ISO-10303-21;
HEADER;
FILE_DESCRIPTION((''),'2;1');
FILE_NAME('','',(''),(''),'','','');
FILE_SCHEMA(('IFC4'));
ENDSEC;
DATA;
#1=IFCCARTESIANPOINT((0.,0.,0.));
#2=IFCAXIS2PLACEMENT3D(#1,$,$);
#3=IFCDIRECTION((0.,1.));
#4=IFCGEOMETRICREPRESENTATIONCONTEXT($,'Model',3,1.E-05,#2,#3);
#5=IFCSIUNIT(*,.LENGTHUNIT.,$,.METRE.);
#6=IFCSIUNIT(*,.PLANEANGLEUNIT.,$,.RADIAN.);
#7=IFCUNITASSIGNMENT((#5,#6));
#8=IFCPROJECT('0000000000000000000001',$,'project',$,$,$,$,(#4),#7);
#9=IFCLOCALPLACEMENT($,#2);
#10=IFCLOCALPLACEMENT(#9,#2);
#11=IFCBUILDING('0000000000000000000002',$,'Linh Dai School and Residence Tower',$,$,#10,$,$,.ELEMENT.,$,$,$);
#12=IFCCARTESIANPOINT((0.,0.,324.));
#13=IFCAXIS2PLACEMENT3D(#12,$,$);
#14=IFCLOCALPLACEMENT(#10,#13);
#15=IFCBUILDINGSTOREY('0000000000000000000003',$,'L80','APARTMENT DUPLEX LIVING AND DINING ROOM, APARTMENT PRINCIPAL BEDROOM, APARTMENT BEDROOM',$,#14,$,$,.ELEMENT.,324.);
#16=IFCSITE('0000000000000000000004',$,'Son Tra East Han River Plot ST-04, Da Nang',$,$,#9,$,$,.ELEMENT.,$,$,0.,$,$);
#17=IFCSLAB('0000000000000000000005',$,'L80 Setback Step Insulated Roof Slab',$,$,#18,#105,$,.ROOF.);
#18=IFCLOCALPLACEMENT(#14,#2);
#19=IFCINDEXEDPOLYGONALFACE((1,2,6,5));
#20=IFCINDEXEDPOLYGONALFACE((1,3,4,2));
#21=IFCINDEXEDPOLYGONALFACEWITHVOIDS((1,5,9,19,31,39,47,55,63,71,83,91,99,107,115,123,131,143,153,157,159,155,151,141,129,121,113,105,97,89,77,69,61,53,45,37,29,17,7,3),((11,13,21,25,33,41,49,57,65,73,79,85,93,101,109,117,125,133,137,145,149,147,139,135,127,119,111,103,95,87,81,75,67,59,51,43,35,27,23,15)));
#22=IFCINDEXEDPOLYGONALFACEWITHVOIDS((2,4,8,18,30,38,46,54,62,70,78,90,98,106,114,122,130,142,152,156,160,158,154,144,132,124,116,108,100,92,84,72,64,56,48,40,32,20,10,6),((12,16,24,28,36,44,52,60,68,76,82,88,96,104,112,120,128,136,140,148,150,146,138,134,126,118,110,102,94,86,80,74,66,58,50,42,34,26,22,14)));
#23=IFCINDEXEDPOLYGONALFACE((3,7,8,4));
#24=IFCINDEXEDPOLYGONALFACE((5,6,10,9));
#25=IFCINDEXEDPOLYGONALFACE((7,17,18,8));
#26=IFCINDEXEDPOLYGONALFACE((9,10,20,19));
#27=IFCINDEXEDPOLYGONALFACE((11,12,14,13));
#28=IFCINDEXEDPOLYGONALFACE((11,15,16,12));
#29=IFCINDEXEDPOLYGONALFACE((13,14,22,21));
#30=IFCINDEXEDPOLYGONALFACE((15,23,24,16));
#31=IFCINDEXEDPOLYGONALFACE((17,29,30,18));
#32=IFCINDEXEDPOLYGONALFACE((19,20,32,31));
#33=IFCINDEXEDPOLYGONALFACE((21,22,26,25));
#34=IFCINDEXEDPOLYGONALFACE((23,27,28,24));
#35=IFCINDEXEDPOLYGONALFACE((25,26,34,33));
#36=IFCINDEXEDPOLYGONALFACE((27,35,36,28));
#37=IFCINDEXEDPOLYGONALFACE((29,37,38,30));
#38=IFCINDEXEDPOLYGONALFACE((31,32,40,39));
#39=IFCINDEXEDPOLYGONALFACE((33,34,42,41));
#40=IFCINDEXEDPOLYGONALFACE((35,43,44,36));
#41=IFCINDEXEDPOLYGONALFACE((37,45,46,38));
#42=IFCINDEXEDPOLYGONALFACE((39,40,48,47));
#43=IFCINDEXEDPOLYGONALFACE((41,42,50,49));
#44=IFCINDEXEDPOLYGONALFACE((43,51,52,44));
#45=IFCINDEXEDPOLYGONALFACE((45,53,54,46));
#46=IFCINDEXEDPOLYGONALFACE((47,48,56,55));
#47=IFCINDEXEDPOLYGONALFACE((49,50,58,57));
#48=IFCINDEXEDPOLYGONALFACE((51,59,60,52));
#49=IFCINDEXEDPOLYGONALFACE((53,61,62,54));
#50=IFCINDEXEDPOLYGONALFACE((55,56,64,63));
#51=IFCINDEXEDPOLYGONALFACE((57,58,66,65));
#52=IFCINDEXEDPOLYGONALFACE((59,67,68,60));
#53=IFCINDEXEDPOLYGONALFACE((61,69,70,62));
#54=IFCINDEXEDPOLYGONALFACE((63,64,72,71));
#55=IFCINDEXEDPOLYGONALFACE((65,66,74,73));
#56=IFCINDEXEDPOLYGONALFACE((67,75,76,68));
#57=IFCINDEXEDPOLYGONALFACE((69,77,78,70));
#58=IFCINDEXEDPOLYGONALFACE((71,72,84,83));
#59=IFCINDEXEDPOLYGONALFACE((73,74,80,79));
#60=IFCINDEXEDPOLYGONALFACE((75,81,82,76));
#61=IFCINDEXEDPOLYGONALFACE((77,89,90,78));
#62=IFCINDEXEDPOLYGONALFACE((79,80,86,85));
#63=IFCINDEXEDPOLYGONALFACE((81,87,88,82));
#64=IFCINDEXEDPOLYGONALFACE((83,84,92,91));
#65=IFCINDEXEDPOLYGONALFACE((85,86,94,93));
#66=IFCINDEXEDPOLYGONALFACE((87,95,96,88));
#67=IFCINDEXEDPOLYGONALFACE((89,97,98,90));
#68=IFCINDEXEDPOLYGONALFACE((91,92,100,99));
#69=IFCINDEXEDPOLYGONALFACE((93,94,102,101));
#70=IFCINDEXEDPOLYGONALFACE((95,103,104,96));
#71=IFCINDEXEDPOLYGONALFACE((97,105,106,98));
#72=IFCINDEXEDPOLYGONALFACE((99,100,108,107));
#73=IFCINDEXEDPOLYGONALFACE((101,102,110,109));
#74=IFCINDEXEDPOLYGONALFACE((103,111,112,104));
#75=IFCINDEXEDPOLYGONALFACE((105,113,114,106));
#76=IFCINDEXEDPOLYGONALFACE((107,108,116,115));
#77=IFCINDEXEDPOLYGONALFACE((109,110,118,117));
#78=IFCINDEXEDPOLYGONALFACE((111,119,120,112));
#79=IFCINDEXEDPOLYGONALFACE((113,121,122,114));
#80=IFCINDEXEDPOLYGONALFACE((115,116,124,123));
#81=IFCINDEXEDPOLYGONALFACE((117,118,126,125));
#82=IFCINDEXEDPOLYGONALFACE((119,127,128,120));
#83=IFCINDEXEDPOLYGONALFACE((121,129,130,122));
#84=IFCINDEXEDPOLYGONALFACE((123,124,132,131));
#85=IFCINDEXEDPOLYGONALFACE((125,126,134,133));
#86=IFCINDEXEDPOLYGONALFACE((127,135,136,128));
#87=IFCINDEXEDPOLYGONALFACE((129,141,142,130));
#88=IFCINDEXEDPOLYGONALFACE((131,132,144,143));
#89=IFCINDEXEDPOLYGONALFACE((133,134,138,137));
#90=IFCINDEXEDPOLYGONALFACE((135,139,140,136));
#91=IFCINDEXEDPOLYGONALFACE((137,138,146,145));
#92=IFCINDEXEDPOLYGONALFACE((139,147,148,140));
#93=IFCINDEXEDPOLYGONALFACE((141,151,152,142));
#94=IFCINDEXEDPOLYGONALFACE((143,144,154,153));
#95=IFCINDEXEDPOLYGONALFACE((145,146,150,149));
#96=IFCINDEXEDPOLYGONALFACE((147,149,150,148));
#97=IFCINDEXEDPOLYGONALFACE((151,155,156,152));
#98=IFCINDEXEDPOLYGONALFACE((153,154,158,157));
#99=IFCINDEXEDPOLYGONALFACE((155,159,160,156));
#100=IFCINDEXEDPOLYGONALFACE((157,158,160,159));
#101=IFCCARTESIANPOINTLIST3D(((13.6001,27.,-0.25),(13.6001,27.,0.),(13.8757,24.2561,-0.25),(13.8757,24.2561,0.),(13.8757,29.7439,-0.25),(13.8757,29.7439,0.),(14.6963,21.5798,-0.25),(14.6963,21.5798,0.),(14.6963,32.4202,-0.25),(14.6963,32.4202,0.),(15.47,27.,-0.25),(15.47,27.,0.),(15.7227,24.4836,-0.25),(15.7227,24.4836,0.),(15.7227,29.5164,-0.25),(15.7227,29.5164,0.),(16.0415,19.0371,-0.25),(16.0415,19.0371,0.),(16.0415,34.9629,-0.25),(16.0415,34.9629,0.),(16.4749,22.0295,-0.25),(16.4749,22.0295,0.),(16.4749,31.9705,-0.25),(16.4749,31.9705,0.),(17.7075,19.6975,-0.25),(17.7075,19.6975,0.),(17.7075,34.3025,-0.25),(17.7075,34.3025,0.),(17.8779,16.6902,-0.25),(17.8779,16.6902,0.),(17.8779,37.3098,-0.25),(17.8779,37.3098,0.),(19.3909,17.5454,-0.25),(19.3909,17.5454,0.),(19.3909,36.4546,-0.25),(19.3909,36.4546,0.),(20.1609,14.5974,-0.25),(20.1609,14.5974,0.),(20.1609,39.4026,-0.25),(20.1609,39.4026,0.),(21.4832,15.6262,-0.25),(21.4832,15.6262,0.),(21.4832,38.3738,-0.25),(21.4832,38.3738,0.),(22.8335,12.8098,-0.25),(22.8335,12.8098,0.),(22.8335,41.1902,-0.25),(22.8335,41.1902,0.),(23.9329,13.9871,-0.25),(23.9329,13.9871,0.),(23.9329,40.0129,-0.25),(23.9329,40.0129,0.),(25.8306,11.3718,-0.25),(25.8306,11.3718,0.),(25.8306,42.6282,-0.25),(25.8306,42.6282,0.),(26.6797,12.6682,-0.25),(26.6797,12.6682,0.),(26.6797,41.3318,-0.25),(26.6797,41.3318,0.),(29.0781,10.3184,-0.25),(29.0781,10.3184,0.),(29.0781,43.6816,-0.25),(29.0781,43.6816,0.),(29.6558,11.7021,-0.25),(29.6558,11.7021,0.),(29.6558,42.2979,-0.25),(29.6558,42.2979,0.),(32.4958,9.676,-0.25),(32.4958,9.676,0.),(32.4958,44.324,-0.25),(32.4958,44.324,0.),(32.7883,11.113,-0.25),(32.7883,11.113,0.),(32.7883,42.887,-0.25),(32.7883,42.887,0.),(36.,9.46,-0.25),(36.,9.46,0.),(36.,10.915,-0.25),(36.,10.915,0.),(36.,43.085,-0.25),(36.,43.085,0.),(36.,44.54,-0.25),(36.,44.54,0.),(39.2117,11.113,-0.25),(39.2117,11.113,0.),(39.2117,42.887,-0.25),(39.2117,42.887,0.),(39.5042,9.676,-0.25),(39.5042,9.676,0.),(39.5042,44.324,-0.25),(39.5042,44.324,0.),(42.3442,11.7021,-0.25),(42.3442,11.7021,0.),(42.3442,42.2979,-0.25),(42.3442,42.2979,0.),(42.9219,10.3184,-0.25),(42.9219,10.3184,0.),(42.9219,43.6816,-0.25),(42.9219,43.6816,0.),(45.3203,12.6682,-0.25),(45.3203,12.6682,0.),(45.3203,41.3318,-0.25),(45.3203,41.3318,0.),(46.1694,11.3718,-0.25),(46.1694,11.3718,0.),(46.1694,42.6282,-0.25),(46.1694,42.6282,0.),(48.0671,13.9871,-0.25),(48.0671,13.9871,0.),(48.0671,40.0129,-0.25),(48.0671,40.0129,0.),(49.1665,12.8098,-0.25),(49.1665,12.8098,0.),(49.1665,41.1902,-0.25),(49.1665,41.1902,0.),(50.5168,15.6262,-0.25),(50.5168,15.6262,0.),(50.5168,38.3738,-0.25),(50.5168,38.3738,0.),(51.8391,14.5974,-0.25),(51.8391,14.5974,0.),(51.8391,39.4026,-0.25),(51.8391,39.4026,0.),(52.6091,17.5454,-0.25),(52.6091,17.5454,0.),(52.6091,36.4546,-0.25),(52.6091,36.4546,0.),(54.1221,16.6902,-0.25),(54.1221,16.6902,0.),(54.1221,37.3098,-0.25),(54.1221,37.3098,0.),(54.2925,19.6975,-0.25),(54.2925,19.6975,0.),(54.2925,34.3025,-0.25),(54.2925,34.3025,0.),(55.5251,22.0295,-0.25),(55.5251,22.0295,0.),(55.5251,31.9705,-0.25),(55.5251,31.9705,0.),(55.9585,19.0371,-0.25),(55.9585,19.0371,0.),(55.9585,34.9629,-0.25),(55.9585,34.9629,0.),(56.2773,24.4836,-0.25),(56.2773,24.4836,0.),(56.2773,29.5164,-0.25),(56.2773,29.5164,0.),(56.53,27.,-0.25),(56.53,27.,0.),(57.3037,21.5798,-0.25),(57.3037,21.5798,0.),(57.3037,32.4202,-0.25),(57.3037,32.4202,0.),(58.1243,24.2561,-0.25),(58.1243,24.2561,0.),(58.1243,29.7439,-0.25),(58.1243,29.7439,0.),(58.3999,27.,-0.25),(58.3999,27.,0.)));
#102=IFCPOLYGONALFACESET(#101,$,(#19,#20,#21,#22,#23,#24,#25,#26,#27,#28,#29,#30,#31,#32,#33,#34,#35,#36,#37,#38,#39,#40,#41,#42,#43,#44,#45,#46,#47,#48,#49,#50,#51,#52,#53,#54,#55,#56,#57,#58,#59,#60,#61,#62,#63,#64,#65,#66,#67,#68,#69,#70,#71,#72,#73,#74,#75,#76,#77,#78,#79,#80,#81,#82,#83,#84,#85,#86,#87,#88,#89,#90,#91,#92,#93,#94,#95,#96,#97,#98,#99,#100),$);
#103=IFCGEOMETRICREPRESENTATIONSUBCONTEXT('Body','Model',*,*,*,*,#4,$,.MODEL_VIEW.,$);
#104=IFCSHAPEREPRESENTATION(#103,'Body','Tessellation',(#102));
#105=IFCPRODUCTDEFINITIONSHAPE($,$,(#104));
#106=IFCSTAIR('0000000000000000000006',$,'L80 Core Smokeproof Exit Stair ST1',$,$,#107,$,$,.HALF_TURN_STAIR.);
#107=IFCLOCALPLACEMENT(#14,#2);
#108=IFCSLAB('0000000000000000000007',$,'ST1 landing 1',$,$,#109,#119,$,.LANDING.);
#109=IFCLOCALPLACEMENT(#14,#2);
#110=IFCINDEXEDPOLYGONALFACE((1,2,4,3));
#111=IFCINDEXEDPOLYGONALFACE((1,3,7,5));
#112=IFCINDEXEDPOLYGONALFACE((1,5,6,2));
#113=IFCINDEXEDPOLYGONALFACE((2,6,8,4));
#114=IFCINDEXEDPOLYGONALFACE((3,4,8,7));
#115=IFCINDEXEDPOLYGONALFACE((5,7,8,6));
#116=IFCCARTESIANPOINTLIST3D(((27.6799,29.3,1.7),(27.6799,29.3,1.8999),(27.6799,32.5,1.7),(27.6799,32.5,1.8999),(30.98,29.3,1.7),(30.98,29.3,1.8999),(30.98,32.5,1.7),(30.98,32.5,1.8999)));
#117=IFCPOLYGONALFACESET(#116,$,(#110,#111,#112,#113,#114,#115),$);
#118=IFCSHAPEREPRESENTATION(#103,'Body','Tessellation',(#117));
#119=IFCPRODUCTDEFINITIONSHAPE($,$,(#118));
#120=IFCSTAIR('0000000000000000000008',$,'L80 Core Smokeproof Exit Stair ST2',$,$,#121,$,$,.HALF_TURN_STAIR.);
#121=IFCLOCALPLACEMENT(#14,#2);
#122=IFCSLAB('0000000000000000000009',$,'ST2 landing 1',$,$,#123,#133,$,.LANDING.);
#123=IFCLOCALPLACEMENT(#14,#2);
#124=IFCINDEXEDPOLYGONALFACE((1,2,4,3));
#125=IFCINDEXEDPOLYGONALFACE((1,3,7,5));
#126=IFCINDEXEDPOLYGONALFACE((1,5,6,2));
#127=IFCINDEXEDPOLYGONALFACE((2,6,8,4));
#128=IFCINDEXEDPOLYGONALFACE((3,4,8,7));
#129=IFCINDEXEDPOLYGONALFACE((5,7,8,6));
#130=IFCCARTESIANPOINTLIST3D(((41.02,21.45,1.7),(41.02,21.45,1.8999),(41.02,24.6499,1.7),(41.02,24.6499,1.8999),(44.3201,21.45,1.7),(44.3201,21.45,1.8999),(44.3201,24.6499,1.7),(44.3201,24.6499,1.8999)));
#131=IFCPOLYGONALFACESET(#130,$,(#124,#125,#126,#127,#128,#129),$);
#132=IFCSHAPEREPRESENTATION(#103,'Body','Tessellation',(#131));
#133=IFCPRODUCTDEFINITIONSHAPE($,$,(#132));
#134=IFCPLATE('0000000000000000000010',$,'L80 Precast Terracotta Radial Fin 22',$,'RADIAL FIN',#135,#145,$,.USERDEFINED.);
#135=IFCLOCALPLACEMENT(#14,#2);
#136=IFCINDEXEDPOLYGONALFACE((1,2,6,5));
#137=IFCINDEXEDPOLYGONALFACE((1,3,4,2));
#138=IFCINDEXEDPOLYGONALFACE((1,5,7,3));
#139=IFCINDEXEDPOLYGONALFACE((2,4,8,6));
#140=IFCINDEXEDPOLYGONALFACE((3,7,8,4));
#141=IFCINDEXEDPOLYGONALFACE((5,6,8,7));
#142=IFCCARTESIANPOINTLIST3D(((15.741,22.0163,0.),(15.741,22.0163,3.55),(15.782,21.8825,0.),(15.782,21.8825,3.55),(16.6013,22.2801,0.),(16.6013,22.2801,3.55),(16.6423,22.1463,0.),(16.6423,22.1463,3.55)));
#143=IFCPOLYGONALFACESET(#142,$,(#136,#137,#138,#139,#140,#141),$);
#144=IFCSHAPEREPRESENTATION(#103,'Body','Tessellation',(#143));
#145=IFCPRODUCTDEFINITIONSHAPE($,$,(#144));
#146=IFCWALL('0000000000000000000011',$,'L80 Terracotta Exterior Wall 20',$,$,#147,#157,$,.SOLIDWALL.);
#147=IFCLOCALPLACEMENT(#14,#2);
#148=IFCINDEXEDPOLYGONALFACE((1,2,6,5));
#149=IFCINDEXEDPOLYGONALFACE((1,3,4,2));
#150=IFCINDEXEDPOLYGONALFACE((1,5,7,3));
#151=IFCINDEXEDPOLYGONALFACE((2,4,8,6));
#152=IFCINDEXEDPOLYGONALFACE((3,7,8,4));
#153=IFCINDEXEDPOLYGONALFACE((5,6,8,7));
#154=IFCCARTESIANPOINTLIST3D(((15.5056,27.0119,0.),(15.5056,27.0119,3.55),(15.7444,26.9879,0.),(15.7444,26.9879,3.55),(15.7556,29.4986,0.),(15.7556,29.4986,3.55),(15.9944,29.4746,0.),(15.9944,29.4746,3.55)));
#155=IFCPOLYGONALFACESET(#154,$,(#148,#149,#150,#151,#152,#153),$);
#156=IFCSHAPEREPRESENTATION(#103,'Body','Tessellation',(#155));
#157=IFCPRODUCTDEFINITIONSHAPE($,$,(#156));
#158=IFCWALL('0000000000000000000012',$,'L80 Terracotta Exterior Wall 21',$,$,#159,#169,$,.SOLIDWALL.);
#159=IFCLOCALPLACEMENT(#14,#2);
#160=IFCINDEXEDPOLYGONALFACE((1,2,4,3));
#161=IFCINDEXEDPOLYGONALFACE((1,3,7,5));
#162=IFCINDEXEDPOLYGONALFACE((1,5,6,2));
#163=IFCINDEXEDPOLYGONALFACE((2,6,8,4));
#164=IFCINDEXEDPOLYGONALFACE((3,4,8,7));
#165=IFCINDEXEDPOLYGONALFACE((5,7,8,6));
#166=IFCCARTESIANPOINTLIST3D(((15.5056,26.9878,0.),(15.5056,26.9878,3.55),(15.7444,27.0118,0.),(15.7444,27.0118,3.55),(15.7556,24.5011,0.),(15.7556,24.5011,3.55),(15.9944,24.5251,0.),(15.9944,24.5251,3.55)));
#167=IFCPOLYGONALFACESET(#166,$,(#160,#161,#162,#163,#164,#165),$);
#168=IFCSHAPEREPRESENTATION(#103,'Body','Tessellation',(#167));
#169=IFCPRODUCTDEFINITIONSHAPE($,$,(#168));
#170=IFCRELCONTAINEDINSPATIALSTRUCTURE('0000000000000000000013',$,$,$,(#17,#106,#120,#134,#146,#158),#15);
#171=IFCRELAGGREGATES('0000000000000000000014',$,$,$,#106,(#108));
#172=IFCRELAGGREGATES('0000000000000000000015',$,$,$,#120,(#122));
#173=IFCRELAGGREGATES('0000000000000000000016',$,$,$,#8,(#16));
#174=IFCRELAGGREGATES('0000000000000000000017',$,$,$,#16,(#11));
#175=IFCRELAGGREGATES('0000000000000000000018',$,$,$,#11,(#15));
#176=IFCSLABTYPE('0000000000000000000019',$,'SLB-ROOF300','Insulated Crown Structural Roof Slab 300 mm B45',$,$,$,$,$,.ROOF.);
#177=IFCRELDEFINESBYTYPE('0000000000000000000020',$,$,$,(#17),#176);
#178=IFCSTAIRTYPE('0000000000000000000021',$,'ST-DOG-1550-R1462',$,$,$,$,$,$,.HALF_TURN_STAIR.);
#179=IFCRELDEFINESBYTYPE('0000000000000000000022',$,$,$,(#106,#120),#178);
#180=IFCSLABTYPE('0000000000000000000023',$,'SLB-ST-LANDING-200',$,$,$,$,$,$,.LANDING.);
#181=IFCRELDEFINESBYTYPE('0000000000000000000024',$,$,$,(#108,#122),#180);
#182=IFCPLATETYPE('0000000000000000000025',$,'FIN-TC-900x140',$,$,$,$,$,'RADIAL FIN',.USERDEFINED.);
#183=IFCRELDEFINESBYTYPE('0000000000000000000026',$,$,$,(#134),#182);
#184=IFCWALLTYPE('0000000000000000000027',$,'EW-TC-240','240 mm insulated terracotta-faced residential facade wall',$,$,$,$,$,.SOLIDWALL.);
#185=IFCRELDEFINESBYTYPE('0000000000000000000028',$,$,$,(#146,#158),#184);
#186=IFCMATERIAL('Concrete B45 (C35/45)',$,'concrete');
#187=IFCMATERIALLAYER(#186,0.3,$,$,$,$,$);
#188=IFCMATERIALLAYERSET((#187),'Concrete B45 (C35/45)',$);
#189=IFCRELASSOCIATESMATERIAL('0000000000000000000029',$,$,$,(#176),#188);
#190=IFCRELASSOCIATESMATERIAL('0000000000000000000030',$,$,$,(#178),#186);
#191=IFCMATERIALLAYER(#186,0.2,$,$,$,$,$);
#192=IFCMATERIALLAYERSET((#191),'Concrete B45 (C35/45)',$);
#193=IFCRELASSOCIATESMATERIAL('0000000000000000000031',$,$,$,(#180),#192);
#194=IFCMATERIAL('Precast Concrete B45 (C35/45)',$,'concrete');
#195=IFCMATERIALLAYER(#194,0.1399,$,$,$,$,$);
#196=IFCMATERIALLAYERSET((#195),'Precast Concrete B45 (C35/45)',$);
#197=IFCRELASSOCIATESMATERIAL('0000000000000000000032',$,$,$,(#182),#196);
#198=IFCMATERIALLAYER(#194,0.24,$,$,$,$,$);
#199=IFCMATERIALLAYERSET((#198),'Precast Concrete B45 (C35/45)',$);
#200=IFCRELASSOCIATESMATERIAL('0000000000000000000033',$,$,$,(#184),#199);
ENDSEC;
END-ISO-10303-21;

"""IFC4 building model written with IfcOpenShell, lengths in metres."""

from ifc_helpers import new_model, si_unit, direction, frame, frame_2d, origin, origin_2d, place, context, subcontext, project, spatial, polyline, rectangle, outline, extrude, source, transform, mapped, material, layer, layer_set, type_object, element, aggregate, save


model = new_model("IFC4")

# Units and contexts
model_context = context("Model", 3, precision=1e-05, world=origin(), true_north=direction((0.0, 1.0)))
body_context = subcontext(model_context, "Body", "Model", "MODEL_VIEW")
ifc_project = project(units=[si_unit("LENGTHUNIT", "METRE"), si_unit("PLANEANGLEUNIT", "RADIAN")], contexts=[model_context])

# Site, building, storey
site_placement = place(None, origin())
site = spatial("IfcSite", under=ifc_project, at=site_placement, Name="Son Tra East Han River Plot ST-04, Da Nang", CompositionType="ELEMENT", RefElevation=0.0)
building_placement = place(site_placement, origin())
building = spatial("IfcBuilding", under=site, at=building_placement, Name="Linh Dai School and Residence Tower", CompositionType="ELEMENT")
storey_placement = place(building_placement, frame((0.0, 0.0, 324.0)))
storey = spatial("IfcBuildingStorey", under=building, at=storey_placement, Name="L80", Description="APARTMENT DUPLEX LIVING AND DINING ROOM, APARTMENT PRINCIPAL BEDROOM, APARTMENT BEDROOM", CompositionType="ELEMENT", Elevation=324.0)

# Slab
ifc_material_1 = material(Name="Concrete B45 (C35/45)", Category="concrete")
ifc_layer_1 = layer(ifc_material_1, 0.3)
ifc_layer_set_1 = layer_set([ifc_layer_1], Name="Concrete B45 (C35/45)")
slab_type_1 = type_object("IfcSlabType", Name="SLB-ROOF300", Description="Insulated Crown Structural Roof Slab 300 mm B45", PredefinedType="ROOF", material=ifc_layer_set_1)
slab_1_placement = place(storey_placement, frame((0.0, 0.0, -0.25)))
element("IfcSlab", 1, at=slab_1_placement, inside=storey, type_object=slab_type_1, Name="L80 Setback Step Insulated Roof Slab", PredefinedType="ROOF", context=body_context, shape_type="SweptSolid", body=[
    extrude(outline(polyline([(58.3999, 27.0), (58.1243, 29.7439), (57.3037, 32.4202), (55.9585, 34.9629), (54.1221, 37.3098), (51.8391, 39.4026), (49.1665, 41.1902), (46.1694, 42.6282), (42.9219, 43.6816), (39.5042, 44.324), (36.0, 44.54), (32.4958, 44.324), (29.0781, 43.6816), (25.8306, 42.6282), (22.8335, 41.1902), (20.1609, 39.4026), (17.8779, 37.3098), (16.0415, 34.9629), (14.6963, 32.4202), (13.8757, 29.7439), (13.6001, 27.0), (13.8757, 24.2561), (14.6963, 21.5798), (16.0415, 19.0371), (17.8779, 16.6902), (20.1609, 14.5974), (22.8335, 12.8098), (25.8306, 11.3718), (29.0781, 10.3184), (32.4958, 9.676), (36.0, 9.46), (39.5042, 9.676), (42.9219, 10.3184), (46.1694, 11.3718), (49.1665, 12.8098), (51.8391, 14.5974), (54.1221, 16.6902), (55.9585, 19.0371), (57.3037, 21.5798), (58.1243, 24.2561), (58.3999, 27.0)]), holes=[polyline([(56.53, 27.0), (56.2773, 29.5164), (55.5251, 31.9705), (54.2925, 34.3025), (52.6091, 36.4546), (50.5168, 38.3738), (48.0671, 40.0129), (45.3203, 41.3318), (42.3442, 42.2979), (39.2117, 42.887), (36.0, 43.085), (32.7883, 42.887), (29.6558, 42.2979), (26.6797, 41.3318), (23.9329, 40.0129), (21.4832, 38.3738), (19.3909, 36.4546), (17.7075, 34.3025), (16.4749, 31.9705), (15.7227, 29.5164), (15.47, 27.0), (15.7227, 24.4836), (16.4749, 22.0295), (17.7075, 19.6975), (19.3909, 17.5454), (21.4832, 15.6262), (23.9329, 13.9871), (26.6797, 12.6682), (29.6558, 11.7021), (32.7883, 11.113), (36.0, 10.915), (39.2117, 11.113), (42.3442, 11.7021), (45.3203, 12.6682), (48.0671, 13.9871), (50.5168, 15.6262), (52.6091, 17.5454), (54.2925, 19.6975), (55.5251, 22.0295), (56.2773, 24.4836), (56.53, 27.0)])]), origin(), (0.0, 0.0, 1.0), 0.25),
])

# Stairs, slabs
stair_type = type_object("IfcStairType", Name="ST-DOG-1550-R1462", PredefinedType="HALF_TURN_STAIR", material=ifc_material_1)
stair_1_placement = place(storey_placement, origin())
stair_1 = element("IfcStair", 2, at=stair_1_placement, inside=storey, type_object=stair_type, Name="L80 Core Smokeproof Exit Stair ST1", PredefinedType="HALF_TURN_STAIR")
ifc_layer_2 = layer(ifc_material_1, 0.2)
ifc_layer_set_2 = layer_set([ifc_layer_2], Name="Concrete B45 (C35/45)")
slab_type_2 = type_object("IfcSlabType", Name="SLB-ST-LANDING-200", PredefinedType="LANDING", material=ifc_layer_set_2)
slab_2_placement = place(storey_placement, frame((0.0, 0.0, 1.7)))
slab_2 = element("IfcSlab", 3, at=slab_2_placement, type_object=slab_type_2, Name="ST1 landing 1", PredefinedType="LANDING", context=body_context, shape_type="SweptSolid", body=[
    extrude(outline(polyline([(30.98, 29.3), (30.98, 32.5), (27.6799, 32.5), (27.6799, 29.3), (30.98, 29.3)])), origin(), (0.0, 0.0, 1.0), 0.2),
])
aggregate(stair_1, [slab_2])
stair_2_placement = place(storey_placement, origin())
stair_2 = element("IfcStair", 4, at=stair_2_placement, inside=storey, type_object=stair_type, Name="L80 Core Smokeproof Exit Stair ST2", PredefinedType="HALF_TURN_STAIR")
slab_3_placement = place(storey_placement, frame((0.0, 0.0, 1.7)))
slab_3 = element("IfcSlab", 5, at=slab_3_placement, type_object=slab_type_2, Name="ST2 landing 1", PredefinedType="LANDING", context=body_context, shape_type="SweptSolid", body=[
    extrude(outline(polyline([(41.02, 24.6499), (41.02, 21.45), (44.3201, 21.45), (44.3201, 24.6499), (41.02, 24.6499)])), origin(), (0.0, 0.0, 1.0), 0.2),
])
aggregate(stair_2, [slab_3])

# Plate
ifc_material_2 = material(Name="Precast Concrete B45 (C35/45)", Category="concrete")
ifc_layer_3 = layer(ifc_material_2, 0.1399)
ifc_layer_set_3 = layer_set([ifc_layer_3], Name="Precast Concrete B45 (C35/45)")
plate_type = type_object("IfcPlateType", Name="FIN-TC-900x140", ElementType="RADIAL FIN", PredefinedType="USERDEFINED", material=ifc_layer_set_3)
shared_shape_1 = source(origin(), body_context, "Body", "SweptSolid", [
    extrude(rectangle(XDim=0.8999, YDim=0.1399, at=origin_2d()), origin(), (0.0, 0.0, 1.0), 3.55),
])
plate_placement = place(storey_placement, frame((16.1917, 22.0813, 0.0), z_axis=(0.0, 0.0, 1.0), x_axis=(-0.956083, -0.293095, 0.0)))
element("IfcPlate", 6, at=plate_placement, inside=storey, type_object=plate_type, Name="L80 Precast Terracotta Radial Fin 22", ObjectType="RADIAL FIN", PredefinedType="USERDEFINED", context=body_context, shape_type="MappedRepresentation", body=[
    mapped(shared_shape_1, transform((0.0, 0.0, 0.0), x_axis=(1.0, 0.0, 0.0), y_axis=(0.0, 1.0, 0.0), z_axis=(0.0, 0.0, 1.0), scale=1.0)),
])

# Walls
ifc_layer_4 = layer(ifc_material_2, 0.24)
ifc_layer_set_4 = layer_set([ifc_layer_4], Name="Precast Concrete B45 (C35/45)")
wall_type_1 = type_object("IfcWallType", Name="EW-TC-240", Description="240 mm insulated terracotta-faced residential facade wall", PredefinedType="SOLIDWALL", material=ifc_layer_set_4)
for number, where, z_axis, x_axis, name in (
    (7, (15.625, 27.0, 0.0), (0.0, 0.0, 1.0), (0.100026, 0.994985, 0.0), "L80 Terracotta Exterior Wall 20"),
    (8, (15.875, 24.5132, 0.0), (0.0, 0.0, 1.0), (-0.100026, 0.994985, 0.0), "L80 Terracotta Exterior Wall 21"),
):
    element("IfcWall", number, at=place(storey_placement, frame(where, z_axis=z_axis, x_axis=x_axis)), inside=storey, type_object=wall_type_1, Name=name, PredefinedType="SOLIDWALL", context=body_context, shape_type="SweptSolid", body=[
        extrude(rectangle(XDim=2.4993, YDim=0.24, at=frame_2d((1.2495, 0.0))), origin(), (0.0, 0.0, 1.0), 3.55),
    ])

save(model, "model.ifc")
